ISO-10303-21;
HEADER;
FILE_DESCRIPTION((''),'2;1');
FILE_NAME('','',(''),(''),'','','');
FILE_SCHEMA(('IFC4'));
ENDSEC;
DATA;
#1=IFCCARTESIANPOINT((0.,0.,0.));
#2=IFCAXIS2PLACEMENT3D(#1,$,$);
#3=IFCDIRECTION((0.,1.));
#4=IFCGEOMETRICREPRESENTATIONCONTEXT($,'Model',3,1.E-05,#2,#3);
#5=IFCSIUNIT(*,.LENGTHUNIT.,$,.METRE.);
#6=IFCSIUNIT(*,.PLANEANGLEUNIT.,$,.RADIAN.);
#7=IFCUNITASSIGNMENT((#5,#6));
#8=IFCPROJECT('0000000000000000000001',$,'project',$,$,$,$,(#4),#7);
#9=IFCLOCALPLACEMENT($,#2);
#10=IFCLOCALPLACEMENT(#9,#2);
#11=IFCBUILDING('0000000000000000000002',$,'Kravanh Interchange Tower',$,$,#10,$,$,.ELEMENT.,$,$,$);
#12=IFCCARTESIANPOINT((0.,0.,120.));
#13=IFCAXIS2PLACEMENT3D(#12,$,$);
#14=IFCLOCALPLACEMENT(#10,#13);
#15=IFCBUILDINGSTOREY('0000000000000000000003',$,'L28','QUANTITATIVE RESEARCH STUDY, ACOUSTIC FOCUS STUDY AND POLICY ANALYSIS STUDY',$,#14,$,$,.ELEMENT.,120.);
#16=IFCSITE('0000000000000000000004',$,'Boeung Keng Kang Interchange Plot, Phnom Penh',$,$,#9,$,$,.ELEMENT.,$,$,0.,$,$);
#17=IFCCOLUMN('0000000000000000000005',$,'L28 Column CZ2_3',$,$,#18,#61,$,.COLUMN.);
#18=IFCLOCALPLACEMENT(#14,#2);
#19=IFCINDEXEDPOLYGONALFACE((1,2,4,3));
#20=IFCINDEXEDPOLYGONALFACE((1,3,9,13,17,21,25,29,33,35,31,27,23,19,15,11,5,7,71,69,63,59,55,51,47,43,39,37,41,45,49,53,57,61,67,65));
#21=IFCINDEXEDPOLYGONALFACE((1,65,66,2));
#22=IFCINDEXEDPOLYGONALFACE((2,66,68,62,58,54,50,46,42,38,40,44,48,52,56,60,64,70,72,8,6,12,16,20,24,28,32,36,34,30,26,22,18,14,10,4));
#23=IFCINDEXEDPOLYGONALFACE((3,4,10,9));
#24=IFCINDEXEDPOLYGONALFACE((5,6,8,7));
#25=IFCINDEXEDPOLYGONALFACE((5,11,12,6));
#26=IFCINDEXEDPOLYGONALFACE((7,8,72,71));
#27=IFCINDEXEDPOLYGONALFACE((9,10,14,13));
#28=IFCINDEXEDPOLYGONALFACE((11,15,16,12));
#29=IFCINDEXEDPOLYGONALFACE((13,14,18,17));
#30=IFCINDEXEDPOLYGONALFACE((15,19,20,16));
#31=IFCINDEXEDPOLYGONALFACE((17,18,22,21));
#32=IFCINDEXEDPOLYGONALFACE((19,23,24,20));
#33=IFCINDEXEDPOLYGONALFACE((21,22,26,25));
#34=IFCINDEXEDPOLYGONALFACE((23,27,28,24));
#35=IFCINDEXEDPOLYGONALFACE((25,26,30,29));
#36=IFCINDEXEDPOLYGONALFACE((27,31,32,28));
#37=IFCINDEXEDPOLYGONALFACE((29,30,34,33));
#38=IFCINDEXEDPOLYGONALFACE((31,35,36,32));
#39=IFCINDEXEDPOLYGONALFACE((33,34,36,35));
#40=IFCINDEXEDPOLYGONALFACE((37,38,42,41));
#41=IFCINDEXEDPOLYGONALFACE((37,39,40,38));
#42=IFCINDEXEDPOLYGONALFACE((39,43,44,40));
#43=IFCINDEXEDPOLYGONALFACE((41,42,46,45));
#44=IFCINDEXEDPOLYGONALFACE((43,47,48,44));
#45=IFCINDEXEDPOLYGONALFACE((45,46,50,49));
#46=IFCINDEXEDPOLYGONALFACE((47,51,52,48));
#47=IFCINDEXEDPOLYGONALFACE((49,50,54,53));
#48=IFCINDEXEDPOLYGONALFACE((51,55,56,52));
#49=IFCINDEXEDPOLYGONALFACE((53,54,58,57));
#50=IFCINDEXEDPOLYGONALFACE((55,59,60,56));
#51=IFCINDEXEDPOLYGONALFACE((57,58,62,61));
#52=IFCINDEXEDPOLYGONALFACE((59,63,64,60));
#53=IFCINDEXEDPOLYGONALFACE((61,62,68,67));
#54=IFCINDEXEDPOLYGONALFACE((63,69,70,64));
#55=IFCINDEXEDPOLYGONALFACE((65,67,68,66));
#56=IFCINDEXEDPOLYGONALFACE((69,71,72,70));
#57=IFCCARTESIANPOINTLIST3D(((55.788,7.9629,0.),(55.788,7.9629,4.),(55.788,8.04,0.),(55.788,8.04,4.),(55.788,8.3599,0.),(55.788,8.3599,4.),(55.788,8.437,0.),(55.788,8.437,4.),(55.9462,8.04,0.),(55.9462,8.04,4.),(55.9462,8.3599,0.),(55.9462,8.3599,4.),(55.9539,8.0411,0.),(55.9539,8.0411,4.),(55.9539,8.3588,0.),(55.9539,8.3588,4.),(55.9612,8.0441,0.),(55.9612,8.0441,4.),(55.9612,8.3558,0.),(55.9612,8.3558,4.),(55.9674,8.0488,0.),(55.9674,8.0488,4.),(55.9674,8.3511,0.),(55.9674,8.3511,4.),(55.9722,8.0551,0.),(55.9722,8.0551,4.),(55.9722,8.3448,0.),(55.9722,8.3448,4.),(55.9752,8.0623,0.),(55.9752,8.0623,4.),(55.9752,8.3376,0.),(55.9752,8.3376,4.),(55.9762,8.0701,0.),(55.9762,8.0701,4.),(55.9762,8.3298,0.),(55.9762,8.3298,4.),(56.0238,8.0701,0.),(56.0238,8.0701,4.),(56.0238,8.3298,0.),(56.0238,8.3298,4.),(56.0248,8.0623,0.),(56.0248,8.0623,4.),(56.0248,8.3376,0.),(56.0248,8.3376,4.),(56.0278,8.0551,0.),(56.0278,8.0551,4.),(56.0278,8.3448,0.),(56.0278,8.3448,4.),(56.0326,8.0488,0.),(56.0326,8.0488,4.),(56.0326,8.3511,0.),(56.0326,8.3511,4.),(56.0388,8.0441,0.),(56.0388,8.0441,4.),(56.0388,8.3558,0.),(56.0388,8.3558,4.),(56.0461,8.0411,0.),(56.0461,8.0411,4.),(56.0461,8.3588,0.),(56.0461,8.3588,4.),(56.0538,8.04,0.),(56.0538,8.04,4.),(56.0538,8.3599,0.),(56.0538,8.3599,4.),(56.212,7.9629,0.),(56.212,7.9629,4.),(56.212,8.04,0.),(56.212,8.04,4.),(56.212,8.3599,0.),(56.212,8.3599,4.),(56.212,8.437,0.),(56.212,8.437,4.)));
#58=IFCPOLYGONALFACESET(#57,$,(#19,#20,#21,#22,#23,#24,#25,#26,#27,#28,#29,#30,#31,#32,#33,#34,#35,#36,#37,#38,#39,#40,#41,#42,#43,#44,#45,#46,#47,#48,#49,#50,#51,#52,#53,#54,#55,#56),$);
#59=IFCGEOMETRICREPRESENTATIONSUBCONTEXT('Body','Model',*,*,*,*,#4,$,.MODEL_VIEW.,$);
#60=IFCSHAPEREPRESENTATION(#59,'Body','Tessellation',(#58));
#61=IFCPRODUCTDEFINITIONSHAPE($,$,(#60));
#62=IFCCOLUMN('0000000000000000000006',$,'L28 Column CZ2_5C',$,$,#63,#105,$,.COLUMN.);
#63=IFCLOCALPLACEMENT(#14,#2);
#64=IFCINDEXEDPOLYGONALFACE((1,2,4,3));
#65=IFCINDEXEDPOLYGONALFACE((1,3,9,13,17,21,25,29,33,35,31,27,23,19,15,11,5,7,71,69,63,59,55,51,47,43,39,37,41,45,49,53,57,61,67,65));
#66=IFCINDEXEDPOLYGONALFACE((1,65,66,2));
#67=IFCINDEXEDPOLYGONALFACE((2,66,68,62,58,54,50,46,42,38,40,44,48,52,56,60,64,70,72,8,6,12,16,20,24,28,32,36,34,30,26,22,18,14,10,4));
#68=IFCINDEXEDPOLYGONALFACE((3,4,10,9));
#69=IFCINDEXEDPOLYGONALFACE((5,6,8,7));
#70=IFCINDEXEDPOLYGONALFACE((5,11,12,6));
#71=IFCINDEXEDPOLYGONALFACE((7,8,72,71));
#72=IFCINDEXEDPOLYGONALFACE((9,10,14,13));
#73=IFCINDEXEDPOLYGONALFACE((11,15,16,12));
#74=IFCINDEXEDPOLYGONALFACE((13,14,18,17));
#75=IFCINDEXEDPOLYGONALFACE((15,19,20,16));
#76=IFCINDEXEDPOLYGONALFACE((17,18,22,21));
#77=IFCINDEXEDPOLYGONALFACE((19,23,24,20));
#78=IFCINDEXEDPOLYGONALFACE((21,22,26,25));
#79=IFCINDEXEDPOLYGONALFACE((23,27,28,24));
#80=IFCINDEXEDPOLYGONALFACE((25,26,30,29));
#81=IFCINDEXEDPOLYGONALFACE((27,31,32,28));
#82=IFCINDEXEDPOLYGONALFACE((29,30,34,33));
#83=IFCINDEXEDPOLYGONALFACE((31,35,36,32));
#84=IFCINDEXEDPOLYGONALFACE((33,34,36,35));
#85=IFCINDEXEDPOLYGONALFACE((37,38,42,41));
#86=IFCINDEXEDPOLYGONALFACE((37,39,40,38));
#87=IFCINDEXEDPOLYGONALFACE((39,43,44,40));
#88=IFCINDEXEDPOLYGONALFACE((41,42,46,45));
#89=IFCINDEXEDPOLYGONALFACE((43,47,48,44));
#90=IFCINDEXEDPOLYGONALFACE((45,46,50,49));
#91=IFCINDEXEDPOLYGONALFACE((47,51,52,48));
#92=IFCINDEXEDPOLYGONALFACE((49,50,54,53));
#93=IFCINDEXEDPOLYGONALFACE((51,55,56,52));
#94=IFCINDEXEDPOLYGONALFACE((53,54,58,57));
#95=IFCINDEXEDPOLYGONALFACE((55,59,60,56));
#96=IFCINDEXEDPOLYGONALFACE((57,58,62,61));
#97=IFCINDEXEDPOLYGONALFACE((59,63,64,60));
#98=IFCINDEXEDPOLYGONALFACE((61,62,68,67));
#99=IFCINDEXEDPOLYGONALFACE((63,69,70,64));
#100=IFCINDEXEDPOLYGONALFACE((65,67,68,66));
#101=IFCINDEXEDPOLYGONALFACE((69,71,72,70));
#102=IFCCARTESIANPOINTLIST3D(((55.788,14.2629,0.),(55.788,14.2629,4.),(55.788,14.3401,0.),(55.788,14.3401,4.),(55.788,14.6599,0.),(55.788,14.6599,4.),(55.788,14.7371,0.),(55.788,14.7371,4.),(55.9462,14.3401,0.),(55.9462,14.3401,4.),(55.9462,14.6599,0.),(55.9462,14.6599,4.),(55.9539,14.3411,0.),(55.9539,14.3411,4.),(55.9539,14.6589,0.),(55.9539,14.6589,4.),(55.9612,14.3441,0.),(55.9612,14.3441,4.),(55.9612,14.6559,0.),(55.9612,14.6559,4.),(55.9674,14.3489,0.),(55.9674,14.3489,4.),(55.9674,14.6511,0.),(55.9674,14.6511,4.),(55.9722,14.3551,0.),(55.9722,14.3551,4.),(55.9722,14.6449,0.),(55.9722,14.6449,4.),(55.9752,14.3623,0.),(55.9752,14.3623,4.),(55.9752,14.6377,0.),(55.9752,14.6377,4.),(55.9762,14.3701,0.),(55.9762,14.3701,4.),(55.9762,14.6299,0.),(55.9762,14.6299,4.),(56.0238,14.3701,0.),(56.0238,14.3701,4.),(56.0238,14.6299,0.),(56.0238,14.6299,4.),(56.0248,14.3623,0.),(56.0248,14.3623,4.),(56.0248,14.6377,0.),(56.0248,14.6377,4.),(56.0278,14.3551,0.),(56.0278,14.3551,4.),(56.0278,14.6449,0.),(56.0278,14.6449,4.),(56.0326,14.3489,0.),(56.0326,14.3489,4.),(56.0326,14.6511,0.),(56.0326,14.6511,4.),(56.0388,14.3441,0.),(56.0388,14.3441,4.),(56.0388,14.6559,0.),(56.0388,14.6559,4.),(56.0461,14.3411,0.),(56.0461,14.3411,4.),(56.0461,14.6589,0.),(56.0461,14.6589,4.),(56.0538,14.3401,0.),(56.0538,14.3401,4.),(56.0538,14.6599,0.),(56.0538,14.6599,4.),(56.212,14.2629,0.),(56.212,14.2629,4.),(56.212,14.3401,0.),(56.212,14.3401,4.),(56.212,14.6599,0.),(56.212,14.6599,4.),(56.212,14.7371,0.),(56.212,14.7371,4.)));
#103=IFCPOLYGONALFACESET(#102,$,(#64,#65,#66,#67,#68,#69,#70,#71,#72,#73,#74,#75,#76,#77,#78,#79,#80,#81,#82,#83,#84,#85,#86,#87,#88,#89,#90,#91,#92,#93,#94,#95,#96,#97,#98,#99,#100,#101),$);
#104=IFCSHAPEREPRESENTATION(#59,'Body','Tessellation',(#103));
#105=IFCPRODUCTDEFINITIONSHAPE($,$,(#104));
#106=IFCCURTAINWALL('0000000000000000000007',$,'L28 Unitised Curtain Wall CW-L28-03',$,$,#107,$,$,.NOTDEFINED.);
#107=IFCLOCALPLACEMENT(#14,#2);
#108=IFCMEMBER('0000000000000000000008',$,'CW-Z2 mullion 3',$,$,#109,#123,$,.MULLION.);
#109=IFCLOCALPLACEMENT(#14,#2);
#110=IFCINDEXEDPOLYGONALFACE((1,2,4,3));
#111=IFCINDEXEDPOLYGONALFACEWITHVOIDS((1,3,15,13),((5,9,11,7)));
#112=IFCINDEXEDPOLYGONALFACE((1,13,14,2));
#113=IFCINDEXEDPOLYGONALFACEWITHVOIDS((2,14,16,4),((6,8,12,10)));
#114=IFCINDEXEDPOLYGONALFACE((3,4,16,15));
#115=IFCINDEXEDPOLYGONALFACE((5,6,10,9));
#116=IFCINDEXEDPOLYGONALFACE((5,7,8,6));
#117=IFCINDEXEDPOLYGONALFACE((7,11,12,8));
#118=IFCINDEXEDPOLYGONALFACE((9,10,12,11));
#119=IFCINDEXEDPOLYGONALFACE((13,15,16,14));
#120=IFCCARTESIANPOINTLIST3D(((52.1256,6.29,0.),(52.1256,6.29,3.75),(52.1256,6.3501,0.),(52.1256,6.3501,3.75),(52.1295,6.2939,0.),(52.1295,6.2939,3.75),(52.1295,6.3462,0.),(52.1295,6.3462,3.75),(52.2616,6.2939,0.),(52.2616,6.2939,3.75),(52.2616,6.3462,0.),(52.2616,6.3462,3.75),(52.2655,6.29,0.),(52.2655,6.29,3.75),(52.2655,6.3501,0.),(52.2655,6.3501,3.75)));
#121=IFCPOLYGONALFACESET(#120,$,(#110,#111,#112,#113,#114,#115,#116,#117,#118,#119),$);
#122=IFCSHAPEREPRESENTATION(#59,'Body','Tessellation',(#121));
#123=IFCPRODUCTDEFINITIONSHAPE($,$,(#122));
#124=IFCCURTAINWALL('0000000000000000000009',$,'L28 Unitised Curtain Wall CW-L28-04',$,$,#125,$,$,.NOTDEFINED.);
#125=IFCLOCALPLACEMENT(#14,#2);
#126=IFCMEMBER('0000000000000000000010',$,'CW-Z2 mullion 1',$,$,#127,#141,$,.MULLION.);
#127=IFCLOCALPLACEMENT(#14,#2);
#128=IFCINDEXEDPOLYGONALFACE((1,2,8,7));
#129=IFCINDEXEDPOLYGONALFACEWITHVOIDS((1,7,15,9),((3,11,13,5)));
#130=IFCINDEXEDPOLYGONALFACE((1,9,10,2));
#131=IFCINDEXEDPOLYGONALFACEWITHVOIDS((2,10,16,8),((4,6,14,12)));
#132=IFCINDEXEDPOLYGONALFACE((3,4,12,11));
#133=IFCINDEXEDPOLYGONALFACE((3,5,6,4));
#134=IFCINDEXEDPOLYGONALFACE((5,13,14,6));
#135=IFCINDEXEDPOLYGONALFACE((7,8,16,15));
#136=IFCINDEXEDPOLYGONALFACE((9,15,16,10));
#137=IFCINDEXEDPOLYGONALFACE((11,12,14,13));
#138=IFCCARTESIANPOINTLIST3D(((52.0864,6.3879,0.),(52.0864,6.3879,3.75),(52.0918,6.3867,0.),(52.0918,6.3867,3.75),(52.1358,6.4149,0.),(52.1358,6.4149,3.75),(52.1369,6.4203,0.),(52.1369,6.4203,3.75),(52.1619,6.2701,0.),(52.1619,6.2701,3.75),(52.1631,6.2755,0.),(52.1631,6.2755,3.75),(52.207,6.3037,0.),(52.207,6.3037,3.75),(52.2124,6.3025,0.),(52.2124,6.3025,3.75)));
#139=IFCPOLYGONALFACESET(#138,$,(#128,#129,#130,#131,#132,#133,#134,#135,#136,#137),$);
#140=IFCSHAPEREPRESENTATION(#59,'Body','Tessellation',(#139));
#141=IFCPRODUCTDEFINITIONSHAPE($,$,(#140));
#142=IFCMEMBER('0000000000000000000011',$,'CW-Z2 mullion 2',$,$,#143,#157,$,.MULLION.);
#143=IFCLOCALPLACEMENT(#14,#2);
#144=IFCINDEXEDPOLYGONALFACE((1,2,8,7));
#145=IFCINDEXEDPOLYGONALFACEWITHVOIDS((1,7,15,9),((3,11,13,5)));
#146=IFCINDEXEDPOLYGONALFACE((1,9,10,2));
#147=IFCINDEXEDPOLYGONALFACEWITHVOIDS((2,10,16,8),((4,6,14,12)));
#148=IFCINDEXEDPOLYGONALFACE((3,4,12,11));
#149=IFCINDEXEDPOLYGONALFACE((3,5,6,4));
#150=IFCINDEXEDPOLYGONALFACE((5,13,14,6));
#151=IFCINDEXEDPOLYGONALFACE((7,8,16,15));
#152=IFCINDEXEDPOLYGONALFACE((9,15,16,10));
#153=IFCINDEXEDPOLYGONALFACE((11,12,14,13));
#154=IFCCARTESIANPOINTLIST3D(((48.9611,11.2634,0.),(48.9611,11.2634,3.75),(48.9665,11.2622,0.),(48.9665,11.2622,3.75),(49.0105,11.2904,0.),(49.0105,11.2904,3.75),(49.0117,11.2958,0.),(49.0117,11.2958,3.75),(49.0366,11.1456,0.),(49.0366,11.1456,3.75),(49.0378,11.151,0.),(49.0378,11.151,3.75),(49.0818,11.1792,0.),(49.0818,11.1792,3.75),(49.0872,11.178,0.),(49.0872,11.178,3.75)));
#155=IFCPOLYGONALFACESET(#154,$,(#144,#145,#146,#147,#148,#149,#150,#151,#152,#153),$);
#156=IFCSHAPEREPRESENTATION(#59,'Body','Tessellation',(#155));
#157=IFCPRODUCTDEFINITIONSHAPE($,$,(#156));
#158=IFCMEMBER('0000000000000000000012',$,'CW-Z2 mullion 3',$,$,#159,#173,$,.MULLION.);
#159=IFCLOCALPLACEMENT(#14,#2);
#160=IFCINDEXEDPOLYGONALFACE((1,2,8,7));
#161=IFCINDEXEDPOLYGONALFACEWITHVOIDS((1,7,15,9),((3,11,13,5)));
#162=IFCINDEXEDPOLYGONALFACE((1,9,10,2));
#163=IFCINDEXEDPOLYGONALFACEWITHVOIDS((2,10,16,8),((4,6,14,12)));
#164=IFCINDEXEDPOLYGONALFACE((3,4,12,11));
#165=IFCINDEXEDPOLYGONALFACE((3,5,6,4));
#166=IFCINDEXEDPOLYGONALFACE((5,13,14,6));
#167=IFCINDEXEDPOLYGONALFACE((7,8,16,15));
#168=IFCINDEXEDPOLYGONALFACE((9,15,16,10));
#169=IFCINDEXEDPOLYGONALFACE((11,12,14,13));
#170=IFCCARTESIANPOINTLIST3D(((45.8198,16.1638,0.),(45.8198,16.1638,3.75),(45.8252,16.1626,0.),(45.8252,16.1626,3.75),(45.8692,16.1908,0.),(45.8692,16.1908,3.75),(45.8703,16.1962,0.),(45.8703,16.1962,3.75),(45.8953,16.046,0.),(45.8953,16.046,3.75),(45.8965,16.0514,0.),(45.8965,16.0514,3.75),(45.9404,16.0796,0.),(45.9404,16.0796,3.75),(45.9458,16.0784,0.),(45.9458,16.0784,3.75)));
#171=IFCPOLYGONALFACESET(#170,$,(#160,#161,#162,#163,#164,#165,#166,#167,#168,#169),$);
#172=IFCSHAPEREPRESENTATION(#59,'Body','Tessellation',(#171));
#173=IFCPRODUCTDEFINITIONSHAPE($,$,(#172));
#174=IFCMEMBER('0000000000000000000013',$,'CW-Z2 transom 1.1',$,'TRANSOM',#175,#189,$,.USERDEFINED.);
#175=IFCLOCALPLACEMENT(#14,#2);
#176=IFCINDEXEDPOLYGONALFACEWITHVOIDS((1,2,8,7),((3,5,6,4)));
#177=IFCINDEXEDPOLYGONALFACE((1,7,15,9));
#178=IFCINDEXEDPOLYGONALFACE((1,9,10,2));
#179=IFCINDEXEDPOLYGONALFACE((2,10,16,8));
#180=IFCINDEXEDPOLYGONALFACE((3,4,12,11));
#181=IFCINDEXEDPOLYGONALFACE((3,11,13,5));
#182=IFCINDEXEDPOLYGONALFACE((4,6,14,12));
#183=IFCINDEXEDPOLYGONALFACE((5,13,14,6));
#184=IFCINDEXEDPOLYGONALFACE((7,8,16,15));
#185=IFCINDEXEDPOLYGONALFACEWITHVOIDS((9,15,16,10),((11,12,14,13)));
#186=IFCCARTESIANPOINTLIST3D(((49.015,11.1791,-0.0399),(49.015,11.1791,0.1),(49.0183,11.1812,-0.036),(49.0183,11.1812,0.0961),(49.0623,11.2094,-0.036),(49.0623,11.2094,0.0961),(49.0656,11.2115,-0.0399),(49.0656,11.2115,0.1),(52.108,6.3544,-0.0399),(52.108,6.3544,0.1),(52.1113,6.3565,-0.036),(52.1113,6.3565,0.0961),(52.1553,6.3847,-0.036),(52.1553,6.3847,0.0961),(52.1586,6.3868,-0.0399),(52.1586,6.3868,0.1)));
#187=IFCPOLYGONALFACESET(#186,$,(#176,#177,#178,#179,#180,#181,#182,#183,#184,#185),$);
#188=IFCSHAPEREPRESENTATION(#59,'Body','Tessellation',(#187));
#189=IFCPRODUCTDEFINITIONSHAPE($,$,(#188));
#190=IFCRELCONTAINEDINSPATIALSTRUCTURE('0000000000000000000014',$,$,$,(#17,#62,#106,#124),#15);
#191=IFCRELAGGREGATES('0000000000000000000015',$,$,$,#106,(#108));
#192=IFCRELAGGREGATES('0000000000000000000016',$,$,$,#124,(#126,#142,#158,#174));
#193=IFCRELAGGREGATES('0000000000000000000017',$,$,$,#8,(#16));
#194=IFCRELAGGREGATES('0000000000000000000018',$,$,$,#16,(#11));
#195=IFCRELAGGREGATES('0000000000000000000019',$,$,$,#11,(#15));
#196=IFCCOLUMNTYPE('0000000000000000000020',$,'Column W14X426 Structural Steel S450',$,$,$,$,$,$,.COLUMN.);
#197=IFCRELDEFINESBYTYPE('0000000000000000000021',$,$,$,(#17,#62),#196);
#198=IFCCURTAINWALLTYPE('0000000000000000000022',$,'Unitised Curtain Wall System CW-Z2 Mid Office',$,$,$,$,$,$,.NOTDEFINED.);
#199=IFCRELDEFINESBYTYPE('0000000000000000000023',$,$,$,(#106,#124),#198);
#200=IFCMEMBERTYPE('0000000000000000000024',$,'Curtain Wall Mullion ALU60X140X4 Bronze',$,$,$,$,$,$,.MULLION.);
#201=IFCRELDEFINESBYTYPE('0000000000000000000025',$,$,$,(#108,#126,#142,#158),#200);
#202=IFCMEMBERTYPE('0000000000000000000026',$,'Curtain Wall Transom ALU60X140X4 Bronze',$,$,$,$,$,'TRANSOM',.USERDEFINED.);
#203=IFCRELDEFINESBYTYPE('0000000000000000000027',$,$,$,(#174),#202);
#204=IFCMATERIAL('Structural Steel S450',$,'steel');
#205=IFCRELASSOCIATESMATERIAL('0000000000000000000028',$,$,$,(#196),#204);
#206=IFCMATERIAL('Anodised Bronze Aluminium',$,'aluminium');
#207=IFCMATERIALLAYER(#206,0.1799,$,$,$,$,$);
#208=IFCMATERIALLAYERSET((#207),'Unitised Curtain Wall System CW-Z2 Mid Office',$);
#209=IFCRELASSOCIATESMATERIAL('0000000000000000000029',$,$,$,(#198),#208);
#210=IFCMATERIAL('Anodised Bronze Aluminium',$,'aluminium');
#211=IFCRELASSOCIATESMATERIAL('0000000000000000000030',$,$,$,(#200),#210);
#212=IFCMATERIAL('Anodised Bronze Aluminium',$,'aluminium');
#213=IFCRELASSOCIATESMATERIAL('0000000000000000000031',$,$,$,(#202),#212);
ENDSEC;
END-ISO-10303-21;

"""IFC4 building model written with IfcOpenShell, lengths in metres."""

from ifc_helpers import new_model, si_unit, direction, frame, origin, origin_2d, place, context, subcontext, project, spatial, hollow_rectangle, i_section, extrude, material, layer, layer_set, material_profile, profile_set, type_object, element, aggregate, save


model = new_model("IFC4")

# Units and contexts
model_context = context("Model", 3, precision=1e-05, world=origin(), true_north=direction((0.0, 1.0)))
body_context = subcontext(model_context, "Body", "Model", "MODEL_VIEW")
ifc_project = project(units=[si_unit("LENGTHUNIT", "METRE"), si_unit("PLANEANGLEUNIT", "RADIAN")], contexts=[model_context])

# Site, building, storey
site_placement = place(None, origin())
site = spatial("IfcSite", under=ifc_project, at=site_placement, Name="Boeung Keng Kang Interchange Plot, Phnom Penh", CompositionType="ELEMENT", RefElevation=0.0)
building_placement = place(site_placement, origin())
building = spatial("IfcBuilding", under=site, at=building_placement, Name="Kravanh Interchange Tower", CompositionType="ELEMENT")
storey_placement = place(building_placement, frame((0.0, 0.0, 120.0)))
storey = spatial("IfcBuildingStorey", under=building, at=storey_placement, Name="L28", Description="QUANTITATIVE RESEARCH STUDY, ACOUSTIC FOCUS STUDY AND POLICY ANALYSIS STUDY", CompositionType="ELEMENT", Elevation=120.0)

# Columns
ifc_material_1 = material(Name="Structural Steel S450", Category="steel")
ifc_material_profile_1 = material_profile(ifc_material_1, i_section(OverallWidth=0.4241, OverallDepth=0.4741, WebThickness=0.0476, FlangeThickness=0.0771, FilletRadius=0.03, at=origin_2d()), Name="W14X426")
ifc_profile_set_1 = profile_set([ifc_material_profile_1], Name="Structural Steel S450")
column_type = type_object("IfcColumnType", Name="Column W14X426 Structural Steel S450", PredefinedType="COLUMN", material=ifc_profile_set_1)
for number, where, z_axis, x_axis, name in (
    (1, (56.0, 8.2, 0.0), (0.0, 0.0, 1.0), (1.0, 0.0, 0.0), "L28 Column CZ2_3"),
    (2, (56.0, 14.5, 0.0), (0.0, 0.0, 1.0), (1.0, 0.0, 0.0), "L28 Column CZ2_5C"),
):
    element("IfcColumn", number, at=place(storey_placement, frame(where, z_axis=z_axis, x_axis=x_axis)), inside=storey, type_object=column_type, Name=name, PredefinedType="COLUMN", context=body_context, shape_type="SweptSolid", body=[
        extrude(i_section(OverallWidth=0.4241, OverallDepth=0.4741, WebThickness=0.0476, FlangeThickness=0.0771, FilletRadius=0.03, at=origin_2d()), origin(), (0.0, 0.0, 1.0), 4.0),
    ])

# Curtain wall, member
ifc_material_2 = material(Name="Anodised Bronze Aluminium", Category="aluminium")
ifc_layer_1 = layer(ifc_material_2, 0.1799)
ifc_layer_set_1 = layer_set([ifc_layer_1], Name="Unitised Curtain Wall System CW-Z2 Mid Office")
curtain_wall_type = type_object("IfcCurtainWallType", Name="Unitised Curtain Wall System CW-Z2 Mid Office", PredefinedType="NOTDEFINED", material=ifc_layer_set_1)
curtain_wall_1_placement = place(storey_placement, origin())
curtain_wall_1 = element("IfcCurtainWall", 3, at=curtain_wall_1_placement, inside=storey, type_object=curtain_wall_type, Name="L28 Unitised Curtain Wall CW-L28-03", PredefinedType="NOTDEFINED")
ifc_material_3 = material(Name="Anodised Bronze Aluminium", Category="aluminium")
ifc_material_profile_2 = material_profile(ifc_material_3, hollow_rectangle(XDim=0.0601, YDim=0.1399, WallThickness=0.0039, at=origin_2d()), Name="ALU60X140X4")
ifc_profile_set_2 = profile_set([ifc_material_profile_2], Name="Anodised Bronze Aluminium")
member_type_1 = type_object("IfcMemberType", Name="Curtain Wall Mullion ALU60X140X4 Bronze", PredefinedType="MULLION", material=ifc_profile_set_2)
member_1_placement = place(storey_placement, frame((52.1956, 6.3201, 0.0), z_axis=(0.0, 0.0, 1.0), x_axis=(0.0, -1.0, 0.0)))
member_1 = element("IfcMember", 4, at=member_1_placement, type_object=member_type_1, Name="CW-Z2 mullion 3", PredefinedType="MULLION", context=body_context, shape_type="SweptSolid", body=[
    extrude(hollow_rectangle(XDim=0.0601, YDim=0.1399, WallThickness=0.0039, at=origin_2d()), origin(), (0.0, 0.0, 1.0), 3.75),
])

# Curtain wall, members
curtain_wall_2_placement = place(storey_placement, origin())
curtain_wall_2 = element("IfcCurtainWall", 5, at=curtain_wall_2_placement, inside=storey, type_object=curtain_wall_type, Name="L28 Unitised Curtain Wall CW-L28-04", PredefinedType="NOTDEFINED")
member_2_placement = place(storey_placement, frame((52.1494, 6.3452, 0.0), z_axis=(0.0, 0.0, 1.0), x_axis=(-0.84188, -0.539665, 0.0)))
member_2 = element("IfcMember", 6, at=member_2_placement, type_object=member_type_1, Name="CW-Z2 mullion 1", PredefinedType="MULLION", context=body_context, shape_type="SweptSolid", body=[
    extrude(hollow_rectangle(XDim=0.0601, YDim=0.1399, WallThickness=0.0039, at=origin_2d()), origin(), (0.0, 0.0, 1.0), 3.75),
])
member_3_placement = place(storey_placement, frame((49.0242, 11.2207, 0.0), z_axis=(0.0, 0.0, 1.0), x_axis=(-0.84188, -0.539665, 0.0)))
member_3 = element("IfcMember", 7, at=member_3_placement, type_object=member_type_1, Name="CW-Z2 mullion 2", PredefinedType="MULLION", context=body_context, shape_type="SweptSolid", body=[
    extrude(hollow_rectangle(XDim=0.0601, YDim=0.1399, WallThickness=0.0039, at=origin_2d()), origin(), (0.0, 0.0, 1.0), 3.75),
])
member_4_placement = place(storey_placement, frame((45.8828, 16.1211, 0.0), z_axis=(0.0, 0.0, 1.0), x_axis=(-0.84188, -0.539665, 0.0)))
member_4 = element("IfcMember", 8, at=member_4_placement, type_object=member_type_1, Name="CW-Z2 mullion 3", PredefinedType="MULLION", context=body_context, shape_type="SweptSolid", body=[
    extrude(hollow_rectangle(XDim=0.0601, YDim=0.1399, WallThickness=0.0039, at=origin_2d()), origin(), (0.0, 0.0, 1.0), 3.75),
])
ifc_material_4 = material(Name="Anodised Bronze Aluminium", Category="aluminium")
ifc_material_profile_3 = material_profile(ifc_material_4, hollow_rectangle(XDim=0.0601, YDim=0.1399, WallThickness=0.0039, at=origin_2d()), Name="ALU60X140X4")
ifc_profile_set_3 = profile_set([ifc_material_profile_3], Name="Anodised Bronze Aluminium")
member_type_2 = type_object("IfcMemberType", Name="Curtain Wall Transom ALU60X140X4 Bronze", ElementType="TRANSOM", PredefinedType="USERDEFINED", material=ifc_profile_set_3)
member_5_placement = place(storey_placement, frame((52.1333, 6.3706, 0.03), z_axis=(-0.539698, 0.841859, 0.0), x_axis=(-0.841859, -0.539698, 0.0)))
member_5 = element("IfcMember", 9, at=member_5_placement, type_object=member_type_2, Name="CW-Z2 transom 1.1", ObjectType="TRANSOM", PredefinedType="USERDEFINED", context=body_context, shape_type="SweptSolid", body=[
    extrude(hollow_rectangle(XDim=0.0601, YDim=0.1399, WallThickness=0.0039, at=origin_2d()), origin(), (0.0, 0.0, 1.0), 5.731),
])

aggregate(curtain_wall_1, [member_1])
aggregate(curtain_wall_2, [member_2, member_3, member_4, member_5])

save(model, "model.ifc")
